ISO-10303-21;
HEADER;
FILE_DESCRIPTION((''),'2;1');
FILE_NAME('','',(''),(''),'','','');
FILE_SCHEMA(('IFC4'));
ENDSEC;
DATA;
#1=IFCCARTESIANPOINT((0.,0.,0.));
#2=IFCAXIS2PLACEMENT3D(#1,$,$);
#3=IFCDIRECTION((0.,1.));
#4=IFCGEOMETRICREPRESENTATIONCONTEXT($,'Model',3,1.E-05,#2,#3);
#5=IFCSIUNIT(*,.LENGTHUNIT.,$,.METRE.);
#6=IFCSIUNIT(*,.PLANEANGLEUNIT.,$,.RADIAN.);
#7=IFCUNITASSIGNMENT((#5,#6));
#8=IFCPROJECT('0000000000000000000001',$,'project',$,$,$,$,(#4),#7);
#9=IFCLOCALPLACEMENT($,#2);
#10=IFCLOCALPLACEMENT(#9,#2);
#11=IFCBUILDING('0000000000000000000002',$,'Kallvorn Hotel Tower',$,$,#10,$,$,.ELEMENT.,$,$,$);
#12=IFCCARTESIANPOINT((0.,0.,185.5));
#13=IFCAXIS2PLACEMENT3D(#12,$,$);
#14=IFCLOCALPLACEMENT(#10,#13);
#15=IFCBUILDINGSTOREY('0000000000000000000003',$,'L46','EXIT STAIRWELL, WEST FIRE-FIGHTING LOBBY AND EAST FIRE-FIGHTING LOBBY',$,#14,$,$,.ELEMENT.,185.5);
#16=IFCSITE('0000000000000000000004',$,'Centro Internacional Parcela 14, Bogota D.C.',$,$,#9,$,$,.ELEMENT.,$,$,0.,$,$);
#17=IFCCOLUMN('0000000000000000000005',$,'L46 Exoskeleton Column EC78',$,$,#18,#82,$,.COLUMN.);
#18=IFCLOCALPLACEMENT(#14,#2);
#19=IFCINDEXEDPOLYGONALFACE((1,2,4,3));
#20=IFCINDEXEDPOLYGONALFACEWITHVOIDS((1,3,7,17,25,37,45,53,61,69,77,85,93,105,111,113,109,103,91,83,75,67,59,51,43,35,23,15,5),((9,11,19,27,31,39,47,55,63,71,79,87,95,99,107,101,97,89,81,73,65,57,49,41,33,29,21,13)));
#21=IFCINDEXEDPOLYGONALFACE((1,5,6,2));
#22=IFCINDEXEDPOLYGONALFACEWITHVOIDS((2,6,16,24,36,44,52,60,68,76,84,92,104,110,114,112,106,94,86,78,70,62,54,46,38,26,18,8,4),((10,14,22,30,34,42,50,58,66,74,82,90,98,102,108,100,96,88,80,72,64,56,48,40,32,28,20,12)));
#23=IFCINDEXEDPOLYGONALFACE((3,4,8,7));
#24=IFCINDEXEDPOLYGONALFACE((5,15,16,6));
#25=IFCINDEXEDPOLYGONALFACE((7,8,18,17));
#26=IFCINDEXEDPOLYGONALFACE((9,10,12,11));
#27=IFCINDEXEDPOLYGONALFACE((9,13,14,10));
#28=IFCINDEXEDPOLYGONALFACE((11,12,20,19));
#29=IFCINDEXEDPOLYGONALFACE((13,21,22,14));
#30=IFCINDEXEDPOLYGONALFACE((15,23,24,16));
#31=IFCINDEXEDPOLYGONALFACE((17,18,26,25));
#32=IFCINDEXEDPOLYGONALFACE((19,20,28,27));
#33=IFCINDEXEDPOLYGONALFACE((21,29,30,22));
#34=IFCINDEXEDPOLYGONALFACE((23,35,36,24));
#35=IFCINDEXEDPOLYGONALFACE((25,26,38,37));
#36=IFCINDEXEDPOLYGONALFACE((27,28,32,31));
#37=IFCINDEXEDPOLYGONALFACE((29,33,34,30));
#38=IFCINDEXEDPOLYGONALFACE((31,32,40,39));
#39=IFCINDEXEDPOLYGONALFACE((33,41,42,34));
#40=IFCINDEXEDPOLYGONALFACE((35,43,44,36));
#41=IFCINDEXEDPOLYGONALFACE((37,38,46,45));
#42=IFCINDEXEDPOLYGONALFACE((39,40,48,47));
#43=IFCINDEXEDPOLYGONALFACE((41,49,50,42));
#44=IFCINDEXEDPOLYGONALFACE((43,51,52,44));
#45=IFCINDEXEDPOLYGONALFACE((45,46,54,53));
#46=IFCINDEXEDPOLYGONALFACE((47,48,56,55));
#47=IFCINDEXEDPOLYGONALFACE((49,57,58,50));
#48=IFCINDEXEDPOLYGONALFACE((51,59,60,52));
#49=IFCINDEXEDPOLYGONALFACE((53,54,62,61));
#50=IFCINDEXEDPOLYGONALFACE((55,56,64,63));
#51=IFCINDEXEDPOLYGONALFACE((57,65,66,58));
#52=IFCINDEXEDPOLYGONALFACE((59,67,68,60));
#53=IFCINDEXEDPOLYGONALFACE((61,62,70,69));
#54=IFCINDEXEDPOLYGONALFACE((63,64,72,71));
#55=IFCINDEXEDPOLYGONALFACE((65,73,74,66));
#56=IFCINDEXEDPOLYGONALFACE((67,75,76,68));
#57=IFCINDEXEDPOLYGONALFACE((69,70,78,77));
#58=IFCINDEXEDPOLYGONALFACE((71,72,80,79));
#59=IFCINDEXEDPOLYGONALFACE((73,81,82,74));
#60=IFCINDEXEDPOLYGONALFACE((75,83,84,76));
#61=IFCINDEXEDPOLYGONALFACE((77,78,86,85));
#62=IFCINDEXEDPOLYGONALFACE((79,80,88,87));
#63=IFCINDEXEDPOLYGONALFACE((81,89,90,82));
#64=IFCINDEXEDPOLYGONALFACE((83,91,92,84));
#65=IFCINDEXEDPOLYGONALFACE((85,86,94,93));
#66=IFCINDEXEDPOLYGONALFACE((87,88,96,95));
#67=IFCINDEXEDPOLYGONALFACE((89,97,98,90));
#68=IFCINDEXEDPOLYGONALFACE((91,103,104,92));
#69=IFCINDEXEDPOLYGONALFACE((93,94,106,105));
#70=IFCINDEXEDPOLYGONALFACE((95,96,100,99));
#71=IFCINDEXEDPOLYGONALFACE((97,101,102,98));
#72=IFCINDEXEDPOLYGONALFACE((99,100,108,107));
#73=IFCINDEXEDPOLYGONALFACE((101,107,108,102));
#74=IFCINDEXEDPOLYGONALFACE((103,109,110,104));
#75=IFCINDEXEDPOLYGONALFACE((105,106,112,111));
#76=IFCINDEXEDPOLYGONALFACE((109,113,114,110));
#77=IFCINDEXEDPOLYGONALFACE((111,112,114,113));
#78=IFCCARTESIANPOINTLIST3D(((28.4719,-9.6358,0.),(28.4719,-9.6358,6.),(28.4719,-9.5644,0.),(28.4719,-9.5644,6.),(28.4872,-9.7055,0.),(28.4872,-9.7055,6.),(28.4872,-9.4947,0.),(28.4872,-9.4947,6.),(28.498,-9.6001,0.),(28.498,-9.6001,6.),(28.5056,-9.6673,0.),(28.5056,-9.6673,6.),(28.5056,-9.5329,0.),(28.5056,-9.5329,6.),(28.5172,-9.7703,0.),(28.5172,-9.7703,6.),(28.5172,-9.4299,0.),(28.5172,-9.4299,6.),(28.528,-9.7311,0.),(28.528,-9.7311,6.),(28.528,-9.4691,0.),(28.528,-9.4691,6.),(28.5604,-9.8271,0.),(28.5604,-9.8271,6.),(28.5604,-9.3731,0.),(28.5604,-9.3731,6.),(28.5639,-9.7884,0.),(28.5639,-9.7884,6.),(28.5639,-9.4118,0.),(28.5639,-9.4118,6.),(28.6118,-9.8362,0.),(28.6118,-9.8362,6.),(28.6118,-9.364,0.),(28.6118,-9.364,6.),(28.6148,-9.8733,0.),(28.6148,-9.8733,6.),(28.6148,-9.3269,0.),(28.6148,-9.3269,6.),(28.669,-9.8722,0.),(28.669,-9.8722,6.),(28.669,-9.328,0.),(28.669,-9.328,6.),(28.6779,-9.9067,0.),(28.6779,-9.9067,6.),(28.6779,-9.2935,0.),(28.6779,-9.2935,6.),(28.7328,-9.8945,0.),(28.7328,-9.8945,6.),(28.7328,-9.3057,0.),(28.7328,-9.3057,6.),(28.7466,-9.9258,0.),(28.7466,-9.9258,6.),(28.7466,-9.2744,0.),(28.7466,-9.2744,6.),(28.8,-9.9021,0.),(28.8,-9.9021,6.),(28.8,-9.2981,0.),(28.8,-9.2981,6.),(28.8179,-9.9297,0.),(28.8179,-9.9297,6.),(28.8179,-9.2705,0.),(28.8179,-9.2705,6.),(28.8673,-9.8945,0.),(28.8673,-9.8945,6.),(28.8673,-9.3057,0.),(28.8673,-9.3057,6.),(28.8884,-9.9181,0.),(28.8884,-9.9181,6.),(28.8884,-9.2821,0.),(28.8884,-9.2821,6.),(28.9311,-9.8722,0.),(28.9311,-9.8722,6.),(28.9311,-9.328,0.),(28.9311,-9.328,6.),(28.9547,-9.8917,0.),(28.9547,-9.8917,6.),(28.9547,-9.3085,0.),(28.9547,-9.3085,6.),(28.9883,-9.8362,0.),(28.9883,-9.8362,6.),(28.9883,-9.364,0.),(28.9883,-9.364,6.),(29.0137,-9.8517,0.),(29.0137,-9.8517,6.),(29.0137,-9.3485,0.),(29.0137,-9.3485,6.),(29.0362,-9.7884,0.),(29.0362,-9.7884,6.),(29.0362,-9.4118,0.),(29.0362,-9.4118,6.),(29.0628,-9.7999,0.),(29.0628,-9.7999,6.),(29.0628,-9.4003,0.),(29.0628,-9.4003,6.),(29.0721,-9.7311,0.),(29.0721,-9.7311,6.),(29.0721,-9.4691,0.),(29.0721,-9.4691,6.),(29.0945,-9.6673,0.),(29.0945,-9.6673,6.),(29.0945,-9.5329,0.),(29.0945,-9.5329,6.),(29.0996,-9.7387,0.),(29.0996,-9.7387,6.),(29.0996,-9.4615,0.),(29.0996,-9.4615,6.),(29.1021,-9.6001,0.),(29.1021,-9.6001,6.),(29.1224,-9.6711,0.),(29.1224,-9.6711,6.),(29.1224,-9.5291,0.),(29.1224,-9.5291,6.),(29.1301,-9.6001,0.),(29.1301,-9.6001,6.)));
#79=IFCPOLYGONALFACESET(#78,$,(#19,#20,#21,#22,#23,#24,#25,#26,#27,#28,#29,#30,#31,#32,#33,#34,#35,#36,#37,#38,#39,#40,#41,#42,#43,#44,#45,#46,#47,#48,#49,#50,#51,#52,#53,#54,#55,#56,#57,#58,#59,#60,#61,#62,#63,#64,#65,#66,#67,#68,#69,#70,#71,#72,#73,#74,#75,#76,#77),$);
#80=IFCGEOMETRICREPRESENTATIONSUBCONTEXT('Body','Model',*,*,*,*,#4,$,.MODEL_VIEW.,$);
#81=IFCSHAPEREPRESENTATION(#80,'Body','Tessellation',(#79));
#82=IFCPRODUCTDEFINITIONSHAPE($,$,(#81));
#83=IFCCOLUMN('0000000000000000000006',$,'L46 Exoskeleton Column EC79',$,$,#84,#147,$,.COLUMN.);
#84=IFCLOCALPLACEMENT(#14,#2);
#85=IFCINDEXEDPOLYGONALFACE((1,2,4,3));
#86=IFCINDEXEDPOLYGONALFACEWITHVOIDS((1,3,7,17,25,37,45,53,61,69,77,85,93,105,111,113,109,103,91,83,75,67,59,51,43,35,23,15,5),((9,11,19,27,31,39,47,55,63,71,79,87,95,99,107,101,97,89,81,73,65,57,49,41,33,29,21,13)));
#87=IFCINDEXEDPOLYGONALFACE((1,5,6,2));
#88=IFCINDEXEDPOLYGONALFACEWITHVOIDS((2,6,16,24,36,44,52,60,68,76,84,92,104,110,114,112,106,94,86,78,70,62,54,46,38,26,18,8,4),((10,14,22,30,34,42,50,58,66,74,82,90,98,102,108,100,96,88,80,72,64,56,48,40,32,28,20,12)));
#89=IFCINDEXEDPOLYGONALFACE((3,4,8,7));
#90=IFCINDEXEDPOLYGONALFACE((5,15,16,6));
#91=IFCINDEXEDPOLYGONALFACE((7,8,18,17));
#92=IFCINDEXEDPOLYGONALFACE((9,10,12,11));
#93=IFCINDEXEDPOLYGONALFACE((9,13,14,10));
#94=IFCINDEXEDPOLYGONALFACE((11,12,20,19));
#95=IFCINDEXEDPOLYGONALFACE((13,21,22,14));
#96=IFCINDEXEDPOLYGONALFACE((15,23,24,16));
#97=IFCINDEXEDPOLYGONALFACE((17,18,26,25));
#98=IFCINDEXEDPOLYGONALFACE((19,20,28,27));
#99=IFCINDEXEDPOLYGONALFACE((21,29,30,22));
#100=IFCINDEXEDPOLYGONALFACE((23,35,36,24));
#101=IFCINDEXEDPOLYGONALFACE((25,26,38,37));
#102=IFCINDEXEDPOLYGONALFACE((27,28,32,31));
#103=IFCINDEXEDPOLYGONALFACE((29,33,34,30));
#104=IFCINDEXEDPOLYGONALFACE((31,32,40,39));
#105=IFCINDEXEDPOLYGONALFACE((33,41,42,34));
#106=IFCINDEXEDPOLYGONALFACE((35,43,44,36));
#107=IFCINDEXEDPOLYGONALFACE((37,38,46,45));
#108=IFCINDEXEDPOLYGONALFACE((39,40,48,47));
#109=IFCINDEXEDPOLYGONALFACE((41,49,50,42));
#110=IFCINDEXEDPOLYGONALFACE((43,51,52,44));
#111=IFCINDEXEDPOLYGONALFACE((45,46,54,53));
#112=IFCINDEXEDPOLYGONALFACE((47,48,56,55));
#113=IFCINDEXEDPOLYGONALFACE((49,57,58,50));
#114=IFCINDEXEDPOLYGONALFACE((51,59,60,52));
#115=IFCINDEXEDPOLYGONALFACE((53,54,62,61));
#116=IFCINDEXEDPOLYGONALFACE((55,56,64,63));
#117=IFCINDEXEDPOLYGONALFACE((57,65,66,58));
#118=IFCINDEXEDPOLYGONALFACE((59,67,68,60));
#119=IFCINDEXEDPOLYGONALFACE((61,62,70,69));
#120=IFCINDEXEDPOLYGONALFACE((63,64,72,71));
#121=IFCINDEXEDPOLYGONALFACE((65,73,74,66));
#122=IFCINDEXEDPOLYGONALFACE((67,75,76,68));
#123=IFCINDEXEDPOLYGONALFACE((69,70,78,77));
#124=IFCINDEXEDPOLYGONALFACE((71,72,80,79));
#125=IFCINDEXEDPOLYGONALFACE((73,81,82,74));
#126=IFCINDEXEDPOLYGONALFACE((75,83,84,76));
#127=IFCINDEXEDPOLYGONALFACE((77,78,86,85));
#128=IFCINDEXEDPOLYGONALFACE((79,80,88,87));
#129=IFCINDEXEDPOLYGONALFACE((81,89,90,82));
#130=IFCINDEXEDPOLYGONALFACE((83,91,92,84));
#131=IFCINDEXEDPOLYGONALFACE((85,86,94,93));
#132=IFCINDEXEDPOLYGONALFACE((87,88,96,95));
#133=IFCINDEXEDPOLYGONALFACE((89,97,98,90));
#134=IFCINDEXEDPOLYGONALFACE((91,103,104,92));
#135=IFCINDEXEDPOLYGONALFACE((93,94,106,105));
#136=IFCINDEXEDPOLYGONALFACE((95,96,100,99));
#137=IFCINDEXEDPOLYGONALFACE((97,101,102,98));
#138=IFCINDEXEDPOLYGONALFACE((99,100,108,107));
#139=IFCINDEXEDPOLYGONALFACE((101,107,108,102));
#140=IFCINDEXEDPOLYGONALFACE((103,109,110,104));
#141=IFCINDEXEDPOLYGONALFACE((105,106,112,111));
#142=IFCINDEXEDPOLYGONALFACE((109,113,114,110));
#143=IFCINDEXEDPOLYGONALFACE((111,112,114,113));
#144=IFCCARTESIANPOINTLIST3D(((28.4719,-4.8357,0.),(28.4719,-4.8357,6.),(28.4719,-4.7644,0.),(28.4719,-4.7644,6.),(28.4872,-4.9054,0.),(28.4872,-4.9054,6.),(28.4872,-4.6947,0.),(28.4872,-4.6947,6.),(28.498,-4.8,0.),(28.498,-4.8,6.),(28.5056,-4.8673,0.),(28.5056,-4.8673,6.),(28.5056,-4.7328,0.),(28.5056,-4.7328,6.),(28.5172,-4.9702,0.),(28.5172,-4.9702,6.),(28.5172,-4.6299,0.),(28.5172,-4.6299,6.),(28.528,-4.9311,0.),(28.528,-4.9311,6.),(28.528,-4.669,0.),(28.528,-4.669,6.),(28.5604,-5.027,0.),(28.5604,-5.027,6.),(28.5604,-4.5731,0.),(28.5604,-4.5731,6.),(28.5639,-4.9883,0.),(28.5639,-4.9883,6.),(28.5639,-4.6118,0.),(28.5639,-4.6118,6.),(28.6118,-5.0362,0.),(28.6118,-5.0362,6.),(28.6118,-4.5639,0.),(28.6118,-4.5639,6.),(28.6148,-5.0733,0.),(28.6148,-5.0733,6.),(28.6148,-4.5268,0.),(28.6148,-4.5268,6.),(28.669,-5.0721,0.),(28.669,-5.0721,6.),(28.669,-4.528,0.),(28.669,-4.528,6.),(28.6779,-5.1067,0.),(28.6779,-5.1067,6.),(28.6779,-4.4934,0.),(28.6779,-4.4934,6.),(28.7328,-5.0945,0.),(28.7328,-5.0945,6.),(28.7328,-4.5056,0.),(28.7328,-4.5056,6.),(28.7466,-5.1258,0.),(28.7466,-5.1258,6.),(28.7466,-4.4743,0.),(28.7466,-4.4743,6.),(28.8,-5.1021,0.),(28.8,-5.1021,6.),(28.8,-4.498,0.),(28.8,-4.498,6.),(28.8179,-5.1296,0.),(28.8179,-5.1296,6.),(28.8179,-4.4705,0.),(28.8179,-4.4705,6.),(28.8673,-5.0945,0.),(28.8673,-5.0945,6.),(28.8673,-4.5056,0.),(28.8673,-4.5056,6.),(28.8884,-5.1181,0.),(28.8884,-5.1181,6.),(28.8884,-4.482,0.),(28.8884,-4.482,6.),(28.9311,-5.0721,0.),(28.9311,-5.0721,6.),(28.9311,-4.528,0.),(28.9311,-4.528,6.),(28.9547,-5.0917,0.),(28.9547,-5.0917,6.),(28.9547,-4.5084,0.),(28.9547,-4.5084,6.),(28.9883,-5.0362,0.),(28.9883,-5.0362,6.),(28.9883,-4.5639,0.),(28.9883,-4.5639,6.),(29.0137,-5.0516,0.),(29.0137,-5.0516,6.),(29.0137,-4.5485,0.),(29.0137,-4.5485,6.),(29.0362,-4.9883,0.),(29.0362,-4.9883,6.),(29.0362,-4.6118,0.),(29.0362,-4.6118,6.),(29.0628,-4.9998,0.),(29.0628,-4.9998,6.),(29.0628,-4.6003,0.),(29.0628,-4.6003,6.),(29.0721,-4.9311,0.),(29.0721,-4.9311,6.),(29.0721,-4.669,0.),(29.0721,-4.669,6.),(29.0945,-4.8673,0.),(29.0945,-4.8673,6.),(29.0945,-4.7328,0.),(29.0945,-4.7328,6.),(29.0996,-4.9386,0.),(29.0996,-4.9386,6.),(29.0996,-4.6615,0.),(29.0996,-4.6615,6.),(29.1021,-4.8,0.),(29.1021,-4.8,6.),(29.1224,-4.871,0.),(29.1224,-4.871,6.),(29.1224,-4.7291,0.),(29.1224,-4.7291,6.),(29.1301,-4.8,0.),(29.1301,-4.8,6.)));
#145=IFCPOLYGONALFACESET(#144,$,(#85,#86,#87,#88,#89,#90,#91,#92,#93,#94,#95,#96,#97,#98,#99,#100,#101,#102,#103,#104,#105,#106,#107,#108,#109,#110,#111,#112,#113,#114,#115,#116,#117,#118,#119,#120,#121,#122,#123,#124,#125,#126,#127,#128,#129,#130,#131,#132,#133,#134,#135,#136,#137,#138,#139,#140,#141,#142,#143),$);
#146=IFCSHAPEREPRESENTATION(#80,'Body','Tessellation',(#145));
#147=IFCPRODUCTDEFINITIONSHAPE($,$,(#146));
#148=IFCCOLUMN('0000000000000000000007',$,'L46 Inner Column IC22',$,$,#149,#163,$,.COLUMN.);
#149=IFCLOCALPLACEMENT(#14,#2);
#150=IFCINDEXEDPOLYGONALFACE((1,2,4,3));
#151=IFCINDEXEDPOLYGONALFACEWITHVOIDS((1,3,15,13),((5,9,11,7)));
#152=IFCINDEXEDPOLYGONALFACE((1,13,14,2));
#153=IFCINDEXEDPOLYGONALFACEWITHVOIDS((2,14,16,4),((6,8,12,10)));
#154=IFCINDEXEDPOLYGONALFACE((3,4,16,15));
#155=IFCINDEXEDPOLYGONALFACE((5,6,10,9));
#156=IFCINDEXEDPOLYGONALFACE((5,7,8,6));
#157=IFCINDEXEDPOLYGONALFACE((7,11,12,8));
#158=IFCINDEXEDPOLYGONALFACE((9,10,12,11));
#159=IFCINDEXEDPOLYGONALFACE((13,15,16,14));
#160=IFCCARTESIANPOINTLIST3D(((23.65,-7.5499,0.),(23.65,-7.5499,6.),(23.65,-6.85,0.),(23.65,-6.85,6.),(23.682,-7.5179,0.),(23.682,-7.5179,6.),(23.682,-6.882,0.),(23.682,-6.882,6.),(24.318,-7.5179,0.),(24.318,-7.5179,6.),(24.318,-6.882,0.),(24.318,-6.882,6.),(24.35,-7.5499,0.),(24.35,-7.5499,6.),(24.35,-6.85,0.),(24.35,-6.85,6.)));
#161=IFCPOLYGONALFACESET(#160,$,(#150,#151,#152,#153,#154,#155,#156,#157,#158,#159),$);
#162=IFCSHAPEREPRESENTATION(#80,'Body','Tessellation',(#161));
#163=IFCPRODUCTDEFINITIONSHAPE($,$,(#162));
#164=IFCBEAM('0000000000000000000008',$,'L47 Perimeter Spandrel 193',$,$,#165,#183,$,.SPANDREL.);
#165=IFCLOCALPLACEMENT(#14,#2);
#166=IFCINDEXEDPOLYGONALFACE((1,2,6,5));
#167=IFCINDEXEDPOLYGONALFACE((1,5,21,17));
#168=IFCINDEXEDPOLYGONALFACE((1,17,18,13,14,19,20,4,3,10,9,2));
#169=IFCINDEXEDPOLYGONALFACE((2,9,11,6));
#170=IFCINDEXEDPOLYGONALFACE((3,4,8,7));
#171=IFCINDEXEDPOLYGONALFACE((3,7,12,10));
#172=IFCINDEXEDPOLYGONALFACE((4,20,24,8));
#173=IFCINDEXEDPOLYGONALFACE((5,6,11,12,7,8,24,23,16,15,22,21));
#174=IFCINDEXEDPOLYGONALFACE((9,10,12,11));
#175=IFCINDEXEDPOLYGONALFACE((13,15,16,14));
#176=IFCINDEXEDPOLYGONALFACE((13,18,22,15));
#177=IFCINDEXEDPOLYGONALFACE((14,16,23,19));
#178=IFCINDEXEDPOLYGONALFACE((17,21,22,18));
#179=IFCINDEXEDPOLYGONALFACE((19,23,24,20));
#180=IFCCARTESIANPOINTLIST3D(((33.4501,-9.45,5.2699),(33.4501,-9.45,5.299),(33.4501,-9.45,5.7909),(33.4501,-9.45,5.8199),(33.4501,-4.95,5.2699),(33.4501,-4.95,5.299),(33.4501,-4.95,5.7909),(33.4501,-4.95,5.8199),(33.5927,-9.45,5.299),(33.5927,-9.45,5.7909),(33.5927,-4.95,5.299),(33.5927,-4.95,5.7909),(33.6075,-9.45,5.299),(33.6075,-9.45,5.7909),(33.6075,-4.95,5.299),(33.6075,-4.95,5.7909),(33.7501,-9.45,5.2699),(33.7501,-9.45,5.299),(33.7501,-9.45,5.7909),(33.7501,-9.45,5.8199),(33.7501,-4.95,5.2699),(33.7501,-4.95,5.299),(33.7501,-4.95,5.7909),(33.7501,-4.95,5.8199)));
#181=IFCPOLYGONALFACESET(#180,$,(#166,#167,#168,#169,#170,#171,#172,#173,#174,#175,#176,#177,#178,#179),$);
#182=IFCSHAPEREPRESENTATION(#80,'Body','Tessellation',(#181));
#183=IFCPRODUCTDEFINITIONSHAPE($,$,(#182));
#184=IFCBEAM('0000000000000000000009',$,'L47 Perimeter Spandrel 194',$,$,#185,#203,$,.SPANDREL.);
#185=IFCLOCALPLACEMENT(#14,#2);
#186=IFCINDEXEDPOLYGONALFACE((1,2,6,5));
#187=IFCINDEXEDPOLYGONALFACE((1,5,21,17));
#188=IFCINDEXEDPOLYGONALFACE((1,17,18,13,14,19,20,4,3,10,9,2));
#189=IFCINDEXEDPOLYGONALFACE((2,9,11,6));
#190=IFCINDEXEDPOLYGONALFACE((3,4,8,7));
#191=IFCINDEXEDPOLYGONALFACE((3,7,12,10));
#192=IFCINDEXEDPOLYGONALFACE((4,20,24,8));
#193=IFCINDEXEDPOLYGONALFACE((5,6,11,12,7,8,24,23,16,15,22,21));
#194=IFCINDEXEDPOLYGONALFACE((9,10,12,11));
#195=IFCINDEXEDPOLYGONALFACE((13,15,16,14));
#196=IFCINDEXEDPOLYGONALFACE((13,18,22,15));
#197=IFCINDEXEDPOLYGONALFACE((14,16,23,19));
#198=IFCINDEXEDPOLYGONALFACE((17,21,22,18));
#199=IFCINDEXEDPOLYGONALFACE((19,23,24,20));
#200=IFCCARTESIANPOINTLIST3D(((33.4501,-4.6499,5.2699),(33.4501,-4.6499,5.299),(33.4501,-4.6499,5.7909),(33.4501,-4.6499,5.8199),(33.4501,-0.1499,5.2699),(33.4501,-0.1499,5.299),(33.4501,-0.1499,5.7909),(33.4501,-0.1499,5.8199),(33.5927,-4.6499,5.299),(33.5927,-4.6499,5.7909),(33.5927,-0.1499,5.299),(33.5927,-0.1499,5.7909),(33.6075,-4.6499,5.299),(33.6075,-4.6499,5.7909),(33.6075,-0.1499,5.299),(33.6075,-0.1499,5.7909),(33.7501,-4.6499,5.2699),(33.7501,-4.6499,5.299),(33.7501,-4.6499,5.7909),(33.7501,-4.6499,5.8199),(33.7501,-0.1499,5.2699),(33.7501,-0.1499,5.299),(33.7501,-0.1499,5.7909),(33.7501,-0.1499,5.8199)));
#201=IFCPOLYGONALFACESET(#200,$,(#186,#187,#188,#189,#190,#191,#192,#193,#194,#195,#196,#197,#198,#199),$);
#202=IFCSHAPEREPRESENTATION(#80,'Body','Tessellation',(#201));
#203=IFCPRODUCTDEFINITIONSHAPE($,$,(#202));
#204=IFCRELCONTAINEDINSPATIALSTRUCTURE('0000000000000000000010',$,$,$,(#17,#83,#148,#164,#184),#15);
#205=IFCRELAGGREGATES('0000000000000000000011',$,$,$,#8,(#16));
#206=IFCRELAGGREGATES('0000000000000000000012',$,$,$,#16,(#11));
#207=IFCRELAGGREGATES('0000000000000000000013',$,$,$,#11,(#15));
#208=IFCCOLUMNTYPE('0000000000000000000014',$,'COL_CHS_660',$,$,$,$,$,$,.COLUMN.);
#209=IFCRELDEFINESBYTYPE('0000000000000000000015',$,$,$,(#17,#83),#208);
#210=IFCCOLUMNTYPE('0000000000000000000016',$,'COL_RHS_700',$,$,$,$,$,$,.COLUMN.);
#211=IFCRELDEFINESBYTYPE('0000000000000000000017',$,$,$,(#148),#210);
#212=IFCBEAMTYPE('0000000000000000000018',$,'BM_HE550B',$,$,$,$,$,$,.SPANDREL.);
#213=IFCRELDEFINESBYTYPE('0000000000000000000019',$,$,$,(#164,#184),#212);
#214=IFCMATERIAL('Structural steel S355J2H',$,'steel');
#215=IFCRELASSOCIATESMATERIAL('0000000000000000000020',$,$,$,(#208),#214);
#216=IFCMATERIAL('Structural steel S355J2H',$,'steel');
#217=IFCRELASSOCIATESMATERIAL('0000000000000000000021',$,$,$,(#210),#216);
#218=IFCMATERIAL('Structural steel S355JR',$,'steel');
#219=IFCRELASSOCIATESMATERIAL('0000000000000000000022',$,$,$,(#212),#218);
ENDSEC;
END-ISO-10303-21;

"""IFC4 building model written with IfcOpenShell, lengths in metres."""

from ifc_helpers import new_model, si_unit, direction, frame, origin, origin_2d, place, context, subcontext, project, spatial, hollow_rectangle, hollow_circle, i_section, extrude, material, material_profile, profile_set, type_object, element, save


model = new_model("IFC4")

# Units and contexts
model_context = context("Model", 3, precision=1e-05, world=origin(), true_north=direction((0.0, 1.0)))
body_context = subcontext(model_context, "Body", "Model", "MODEL_VIEW")
ifc_project = project(units=[si_unit("LENGTHUNIT", "METRE"), si_unit("PLANEANGLEUNIT", "RADIAN")], contexts=[model_context])

# Site, building, storey
site_placement = place(None, origin())
site = spatial("IfcSite", under=ifc_project, at=site_placement, Name="Centro Internacional Parcela 14, Bogota D.C.", CompositionType="ELEMENT", RefElevation=0.0)
building_placement = place(site_placement, origin())
building = spatial("IfcBuilding", under=site, at=building_placement, Name="Kallvorn Hotel Tower", CompositionType="ELEMENT")
storey_placement = place(building_placement, frame((0.0, 0.0, 185.5)))
storey = spatial("IfcBuildingStorey", under=building, at=storey_placement, Name="L46", Description="EXIT STAIRWELL, WEST FIRE-FIGHTING LOBBY AND EAST FIRE-FIGHTING LOBBY", CompositionType="ELEMENT", Elevation=185.5)

# Columns
ifc_material_1 = material(Name="Structural steel S355J2H", Category="steel")
ifc_material_profile_1 = material_profile(ifc_material_1, hollow_circle(Radius=0.3301, WallThickness=0.0281, at=origin_2d()), Name="CHS 660x28")
ifc_profile_set_1 = profile_set([ifc_material_profile_1], Name="Structural steel S355J2H")
column_type_1 = type_object("IfcColumnType", Name="COL_CHS_660", PredefinedType="COLUMN", material=ifc_profile_set_1)
for number, where, z_axis, x_axis, name in (
    (1, (28.8, -9.6001, 0.0), (0.0, 0.0, 1.0), (1.0, 0.0, 0.0), "L46 Exoskeleton Column EC78"),
    (2, (28.8, -4.8, 0.0), (0.0, 0.0, 1.0), (1.0, 0.0, 0.0), "L46 Exoskeleton Column EC79"),
):
    element("IfcColumn", number, at=place(storey_placement, frame(where, z_axis=z_axis, x_axis=x_axis)), inside=storey, type_object=column_type_1, Name=name, PredefinedType="COLUMN", context=body_context, shape_type="SweptSolid", body=[
        extrude(hollow_circle(Radius=0.3301, WallThickness=0.0281, at=origin_2d()), origin(), (0.0, 0.0, 1.0), 6.0),
    ])
ifc_material_2 = material(Name="Structural steel S355J2H", Category="steel")
ifc_material_profile_2 = material_profile(ifc_material_2, hollow_rectangle(XDim=0.7, YDim=0.7, WallThickness=0.032, at=origin_2d()), Name="RHS 700x700x32")
ifc_profile_set_2 = profile_set([ifc_material_profile_2], Name="Structural steel S355J2H")
column_type_2 = type_object("IfcColumnType", Name="COL_RHS_700", PredefinedType="COLUMN", material=ifc_profile_set_2)
column_placement = place(storey_placement, frame((24.0, -7.2, 0.0), z_axis=(0.0, 0.0, 1.0), x_axis=(1.0, 0.0, 0.0)))
element("IfcColumn", 3, at=column_placement, inside=storey, type_object=column_type_2, Name="L46 Inner Column IC22", PredefinedType="COLUMN", context=body_context, shape_type="SweptSolid", body=[
    extrude(hollow_rectangle(XDim=0.7, YDim=0.7, WallThickness=0.032, at=origin_2d()), origin(), (0.0, 0.0, 1.0), 6.0),
])

# Beams
ifc_material_3 = material(Name="Structural steel S355JR", Category="steel")
ifc_material_profile_3 = material_profile(ifc_material_3, i_section(OverallWidth=0.3, OverallDepth=0.55, WebThickness=0.0149, FlangeThickness=0.0291, at=origin_2d()), Name="HE 550 B")
ifc_profile_set_3 = profile_set([ifc_material_profile_3], Name="Structural steel S355JR")
beam_type_1 = type_object("IfcBeamType", Name="BM_HE550B", PredefinedType="SPANDREL", material=ifc_profile_set_3)
for number, where, z_axis, x_axis, name in (
    (4, (33.6001, -9.45, 5.5449), (0.0, 1.0, 0.0), (-1.0, 0.0, 0.0), "L47 Perimeter Spandrel 193"),
    (5, (33.6001, -4.6499, 5.5449), (0.0, 1.0, 0.0), (-1.0, 0.0, 0.0), "L47 Perimeter Spandrel 194"),
):
    element("IfcBeam", number, at=place(storey_placement, frame(where, z_axis=z_axis, x_axis=x_axis)), inside=storey, type_object=beam_type_1, Name=name, PredefinedType="SPANDREL", context=body_context, shape_type="SweptSolid", body=[
        extrude(i_section(OverallWidth=0.3, OverallDepth=0.55, WebThickness=0.0149, FlangeThickness=0.0291, at=origin_2d()), origin(), (0.0, 0.0, 1.0), 4.5),
    ])

save(model, "model.ifc")
